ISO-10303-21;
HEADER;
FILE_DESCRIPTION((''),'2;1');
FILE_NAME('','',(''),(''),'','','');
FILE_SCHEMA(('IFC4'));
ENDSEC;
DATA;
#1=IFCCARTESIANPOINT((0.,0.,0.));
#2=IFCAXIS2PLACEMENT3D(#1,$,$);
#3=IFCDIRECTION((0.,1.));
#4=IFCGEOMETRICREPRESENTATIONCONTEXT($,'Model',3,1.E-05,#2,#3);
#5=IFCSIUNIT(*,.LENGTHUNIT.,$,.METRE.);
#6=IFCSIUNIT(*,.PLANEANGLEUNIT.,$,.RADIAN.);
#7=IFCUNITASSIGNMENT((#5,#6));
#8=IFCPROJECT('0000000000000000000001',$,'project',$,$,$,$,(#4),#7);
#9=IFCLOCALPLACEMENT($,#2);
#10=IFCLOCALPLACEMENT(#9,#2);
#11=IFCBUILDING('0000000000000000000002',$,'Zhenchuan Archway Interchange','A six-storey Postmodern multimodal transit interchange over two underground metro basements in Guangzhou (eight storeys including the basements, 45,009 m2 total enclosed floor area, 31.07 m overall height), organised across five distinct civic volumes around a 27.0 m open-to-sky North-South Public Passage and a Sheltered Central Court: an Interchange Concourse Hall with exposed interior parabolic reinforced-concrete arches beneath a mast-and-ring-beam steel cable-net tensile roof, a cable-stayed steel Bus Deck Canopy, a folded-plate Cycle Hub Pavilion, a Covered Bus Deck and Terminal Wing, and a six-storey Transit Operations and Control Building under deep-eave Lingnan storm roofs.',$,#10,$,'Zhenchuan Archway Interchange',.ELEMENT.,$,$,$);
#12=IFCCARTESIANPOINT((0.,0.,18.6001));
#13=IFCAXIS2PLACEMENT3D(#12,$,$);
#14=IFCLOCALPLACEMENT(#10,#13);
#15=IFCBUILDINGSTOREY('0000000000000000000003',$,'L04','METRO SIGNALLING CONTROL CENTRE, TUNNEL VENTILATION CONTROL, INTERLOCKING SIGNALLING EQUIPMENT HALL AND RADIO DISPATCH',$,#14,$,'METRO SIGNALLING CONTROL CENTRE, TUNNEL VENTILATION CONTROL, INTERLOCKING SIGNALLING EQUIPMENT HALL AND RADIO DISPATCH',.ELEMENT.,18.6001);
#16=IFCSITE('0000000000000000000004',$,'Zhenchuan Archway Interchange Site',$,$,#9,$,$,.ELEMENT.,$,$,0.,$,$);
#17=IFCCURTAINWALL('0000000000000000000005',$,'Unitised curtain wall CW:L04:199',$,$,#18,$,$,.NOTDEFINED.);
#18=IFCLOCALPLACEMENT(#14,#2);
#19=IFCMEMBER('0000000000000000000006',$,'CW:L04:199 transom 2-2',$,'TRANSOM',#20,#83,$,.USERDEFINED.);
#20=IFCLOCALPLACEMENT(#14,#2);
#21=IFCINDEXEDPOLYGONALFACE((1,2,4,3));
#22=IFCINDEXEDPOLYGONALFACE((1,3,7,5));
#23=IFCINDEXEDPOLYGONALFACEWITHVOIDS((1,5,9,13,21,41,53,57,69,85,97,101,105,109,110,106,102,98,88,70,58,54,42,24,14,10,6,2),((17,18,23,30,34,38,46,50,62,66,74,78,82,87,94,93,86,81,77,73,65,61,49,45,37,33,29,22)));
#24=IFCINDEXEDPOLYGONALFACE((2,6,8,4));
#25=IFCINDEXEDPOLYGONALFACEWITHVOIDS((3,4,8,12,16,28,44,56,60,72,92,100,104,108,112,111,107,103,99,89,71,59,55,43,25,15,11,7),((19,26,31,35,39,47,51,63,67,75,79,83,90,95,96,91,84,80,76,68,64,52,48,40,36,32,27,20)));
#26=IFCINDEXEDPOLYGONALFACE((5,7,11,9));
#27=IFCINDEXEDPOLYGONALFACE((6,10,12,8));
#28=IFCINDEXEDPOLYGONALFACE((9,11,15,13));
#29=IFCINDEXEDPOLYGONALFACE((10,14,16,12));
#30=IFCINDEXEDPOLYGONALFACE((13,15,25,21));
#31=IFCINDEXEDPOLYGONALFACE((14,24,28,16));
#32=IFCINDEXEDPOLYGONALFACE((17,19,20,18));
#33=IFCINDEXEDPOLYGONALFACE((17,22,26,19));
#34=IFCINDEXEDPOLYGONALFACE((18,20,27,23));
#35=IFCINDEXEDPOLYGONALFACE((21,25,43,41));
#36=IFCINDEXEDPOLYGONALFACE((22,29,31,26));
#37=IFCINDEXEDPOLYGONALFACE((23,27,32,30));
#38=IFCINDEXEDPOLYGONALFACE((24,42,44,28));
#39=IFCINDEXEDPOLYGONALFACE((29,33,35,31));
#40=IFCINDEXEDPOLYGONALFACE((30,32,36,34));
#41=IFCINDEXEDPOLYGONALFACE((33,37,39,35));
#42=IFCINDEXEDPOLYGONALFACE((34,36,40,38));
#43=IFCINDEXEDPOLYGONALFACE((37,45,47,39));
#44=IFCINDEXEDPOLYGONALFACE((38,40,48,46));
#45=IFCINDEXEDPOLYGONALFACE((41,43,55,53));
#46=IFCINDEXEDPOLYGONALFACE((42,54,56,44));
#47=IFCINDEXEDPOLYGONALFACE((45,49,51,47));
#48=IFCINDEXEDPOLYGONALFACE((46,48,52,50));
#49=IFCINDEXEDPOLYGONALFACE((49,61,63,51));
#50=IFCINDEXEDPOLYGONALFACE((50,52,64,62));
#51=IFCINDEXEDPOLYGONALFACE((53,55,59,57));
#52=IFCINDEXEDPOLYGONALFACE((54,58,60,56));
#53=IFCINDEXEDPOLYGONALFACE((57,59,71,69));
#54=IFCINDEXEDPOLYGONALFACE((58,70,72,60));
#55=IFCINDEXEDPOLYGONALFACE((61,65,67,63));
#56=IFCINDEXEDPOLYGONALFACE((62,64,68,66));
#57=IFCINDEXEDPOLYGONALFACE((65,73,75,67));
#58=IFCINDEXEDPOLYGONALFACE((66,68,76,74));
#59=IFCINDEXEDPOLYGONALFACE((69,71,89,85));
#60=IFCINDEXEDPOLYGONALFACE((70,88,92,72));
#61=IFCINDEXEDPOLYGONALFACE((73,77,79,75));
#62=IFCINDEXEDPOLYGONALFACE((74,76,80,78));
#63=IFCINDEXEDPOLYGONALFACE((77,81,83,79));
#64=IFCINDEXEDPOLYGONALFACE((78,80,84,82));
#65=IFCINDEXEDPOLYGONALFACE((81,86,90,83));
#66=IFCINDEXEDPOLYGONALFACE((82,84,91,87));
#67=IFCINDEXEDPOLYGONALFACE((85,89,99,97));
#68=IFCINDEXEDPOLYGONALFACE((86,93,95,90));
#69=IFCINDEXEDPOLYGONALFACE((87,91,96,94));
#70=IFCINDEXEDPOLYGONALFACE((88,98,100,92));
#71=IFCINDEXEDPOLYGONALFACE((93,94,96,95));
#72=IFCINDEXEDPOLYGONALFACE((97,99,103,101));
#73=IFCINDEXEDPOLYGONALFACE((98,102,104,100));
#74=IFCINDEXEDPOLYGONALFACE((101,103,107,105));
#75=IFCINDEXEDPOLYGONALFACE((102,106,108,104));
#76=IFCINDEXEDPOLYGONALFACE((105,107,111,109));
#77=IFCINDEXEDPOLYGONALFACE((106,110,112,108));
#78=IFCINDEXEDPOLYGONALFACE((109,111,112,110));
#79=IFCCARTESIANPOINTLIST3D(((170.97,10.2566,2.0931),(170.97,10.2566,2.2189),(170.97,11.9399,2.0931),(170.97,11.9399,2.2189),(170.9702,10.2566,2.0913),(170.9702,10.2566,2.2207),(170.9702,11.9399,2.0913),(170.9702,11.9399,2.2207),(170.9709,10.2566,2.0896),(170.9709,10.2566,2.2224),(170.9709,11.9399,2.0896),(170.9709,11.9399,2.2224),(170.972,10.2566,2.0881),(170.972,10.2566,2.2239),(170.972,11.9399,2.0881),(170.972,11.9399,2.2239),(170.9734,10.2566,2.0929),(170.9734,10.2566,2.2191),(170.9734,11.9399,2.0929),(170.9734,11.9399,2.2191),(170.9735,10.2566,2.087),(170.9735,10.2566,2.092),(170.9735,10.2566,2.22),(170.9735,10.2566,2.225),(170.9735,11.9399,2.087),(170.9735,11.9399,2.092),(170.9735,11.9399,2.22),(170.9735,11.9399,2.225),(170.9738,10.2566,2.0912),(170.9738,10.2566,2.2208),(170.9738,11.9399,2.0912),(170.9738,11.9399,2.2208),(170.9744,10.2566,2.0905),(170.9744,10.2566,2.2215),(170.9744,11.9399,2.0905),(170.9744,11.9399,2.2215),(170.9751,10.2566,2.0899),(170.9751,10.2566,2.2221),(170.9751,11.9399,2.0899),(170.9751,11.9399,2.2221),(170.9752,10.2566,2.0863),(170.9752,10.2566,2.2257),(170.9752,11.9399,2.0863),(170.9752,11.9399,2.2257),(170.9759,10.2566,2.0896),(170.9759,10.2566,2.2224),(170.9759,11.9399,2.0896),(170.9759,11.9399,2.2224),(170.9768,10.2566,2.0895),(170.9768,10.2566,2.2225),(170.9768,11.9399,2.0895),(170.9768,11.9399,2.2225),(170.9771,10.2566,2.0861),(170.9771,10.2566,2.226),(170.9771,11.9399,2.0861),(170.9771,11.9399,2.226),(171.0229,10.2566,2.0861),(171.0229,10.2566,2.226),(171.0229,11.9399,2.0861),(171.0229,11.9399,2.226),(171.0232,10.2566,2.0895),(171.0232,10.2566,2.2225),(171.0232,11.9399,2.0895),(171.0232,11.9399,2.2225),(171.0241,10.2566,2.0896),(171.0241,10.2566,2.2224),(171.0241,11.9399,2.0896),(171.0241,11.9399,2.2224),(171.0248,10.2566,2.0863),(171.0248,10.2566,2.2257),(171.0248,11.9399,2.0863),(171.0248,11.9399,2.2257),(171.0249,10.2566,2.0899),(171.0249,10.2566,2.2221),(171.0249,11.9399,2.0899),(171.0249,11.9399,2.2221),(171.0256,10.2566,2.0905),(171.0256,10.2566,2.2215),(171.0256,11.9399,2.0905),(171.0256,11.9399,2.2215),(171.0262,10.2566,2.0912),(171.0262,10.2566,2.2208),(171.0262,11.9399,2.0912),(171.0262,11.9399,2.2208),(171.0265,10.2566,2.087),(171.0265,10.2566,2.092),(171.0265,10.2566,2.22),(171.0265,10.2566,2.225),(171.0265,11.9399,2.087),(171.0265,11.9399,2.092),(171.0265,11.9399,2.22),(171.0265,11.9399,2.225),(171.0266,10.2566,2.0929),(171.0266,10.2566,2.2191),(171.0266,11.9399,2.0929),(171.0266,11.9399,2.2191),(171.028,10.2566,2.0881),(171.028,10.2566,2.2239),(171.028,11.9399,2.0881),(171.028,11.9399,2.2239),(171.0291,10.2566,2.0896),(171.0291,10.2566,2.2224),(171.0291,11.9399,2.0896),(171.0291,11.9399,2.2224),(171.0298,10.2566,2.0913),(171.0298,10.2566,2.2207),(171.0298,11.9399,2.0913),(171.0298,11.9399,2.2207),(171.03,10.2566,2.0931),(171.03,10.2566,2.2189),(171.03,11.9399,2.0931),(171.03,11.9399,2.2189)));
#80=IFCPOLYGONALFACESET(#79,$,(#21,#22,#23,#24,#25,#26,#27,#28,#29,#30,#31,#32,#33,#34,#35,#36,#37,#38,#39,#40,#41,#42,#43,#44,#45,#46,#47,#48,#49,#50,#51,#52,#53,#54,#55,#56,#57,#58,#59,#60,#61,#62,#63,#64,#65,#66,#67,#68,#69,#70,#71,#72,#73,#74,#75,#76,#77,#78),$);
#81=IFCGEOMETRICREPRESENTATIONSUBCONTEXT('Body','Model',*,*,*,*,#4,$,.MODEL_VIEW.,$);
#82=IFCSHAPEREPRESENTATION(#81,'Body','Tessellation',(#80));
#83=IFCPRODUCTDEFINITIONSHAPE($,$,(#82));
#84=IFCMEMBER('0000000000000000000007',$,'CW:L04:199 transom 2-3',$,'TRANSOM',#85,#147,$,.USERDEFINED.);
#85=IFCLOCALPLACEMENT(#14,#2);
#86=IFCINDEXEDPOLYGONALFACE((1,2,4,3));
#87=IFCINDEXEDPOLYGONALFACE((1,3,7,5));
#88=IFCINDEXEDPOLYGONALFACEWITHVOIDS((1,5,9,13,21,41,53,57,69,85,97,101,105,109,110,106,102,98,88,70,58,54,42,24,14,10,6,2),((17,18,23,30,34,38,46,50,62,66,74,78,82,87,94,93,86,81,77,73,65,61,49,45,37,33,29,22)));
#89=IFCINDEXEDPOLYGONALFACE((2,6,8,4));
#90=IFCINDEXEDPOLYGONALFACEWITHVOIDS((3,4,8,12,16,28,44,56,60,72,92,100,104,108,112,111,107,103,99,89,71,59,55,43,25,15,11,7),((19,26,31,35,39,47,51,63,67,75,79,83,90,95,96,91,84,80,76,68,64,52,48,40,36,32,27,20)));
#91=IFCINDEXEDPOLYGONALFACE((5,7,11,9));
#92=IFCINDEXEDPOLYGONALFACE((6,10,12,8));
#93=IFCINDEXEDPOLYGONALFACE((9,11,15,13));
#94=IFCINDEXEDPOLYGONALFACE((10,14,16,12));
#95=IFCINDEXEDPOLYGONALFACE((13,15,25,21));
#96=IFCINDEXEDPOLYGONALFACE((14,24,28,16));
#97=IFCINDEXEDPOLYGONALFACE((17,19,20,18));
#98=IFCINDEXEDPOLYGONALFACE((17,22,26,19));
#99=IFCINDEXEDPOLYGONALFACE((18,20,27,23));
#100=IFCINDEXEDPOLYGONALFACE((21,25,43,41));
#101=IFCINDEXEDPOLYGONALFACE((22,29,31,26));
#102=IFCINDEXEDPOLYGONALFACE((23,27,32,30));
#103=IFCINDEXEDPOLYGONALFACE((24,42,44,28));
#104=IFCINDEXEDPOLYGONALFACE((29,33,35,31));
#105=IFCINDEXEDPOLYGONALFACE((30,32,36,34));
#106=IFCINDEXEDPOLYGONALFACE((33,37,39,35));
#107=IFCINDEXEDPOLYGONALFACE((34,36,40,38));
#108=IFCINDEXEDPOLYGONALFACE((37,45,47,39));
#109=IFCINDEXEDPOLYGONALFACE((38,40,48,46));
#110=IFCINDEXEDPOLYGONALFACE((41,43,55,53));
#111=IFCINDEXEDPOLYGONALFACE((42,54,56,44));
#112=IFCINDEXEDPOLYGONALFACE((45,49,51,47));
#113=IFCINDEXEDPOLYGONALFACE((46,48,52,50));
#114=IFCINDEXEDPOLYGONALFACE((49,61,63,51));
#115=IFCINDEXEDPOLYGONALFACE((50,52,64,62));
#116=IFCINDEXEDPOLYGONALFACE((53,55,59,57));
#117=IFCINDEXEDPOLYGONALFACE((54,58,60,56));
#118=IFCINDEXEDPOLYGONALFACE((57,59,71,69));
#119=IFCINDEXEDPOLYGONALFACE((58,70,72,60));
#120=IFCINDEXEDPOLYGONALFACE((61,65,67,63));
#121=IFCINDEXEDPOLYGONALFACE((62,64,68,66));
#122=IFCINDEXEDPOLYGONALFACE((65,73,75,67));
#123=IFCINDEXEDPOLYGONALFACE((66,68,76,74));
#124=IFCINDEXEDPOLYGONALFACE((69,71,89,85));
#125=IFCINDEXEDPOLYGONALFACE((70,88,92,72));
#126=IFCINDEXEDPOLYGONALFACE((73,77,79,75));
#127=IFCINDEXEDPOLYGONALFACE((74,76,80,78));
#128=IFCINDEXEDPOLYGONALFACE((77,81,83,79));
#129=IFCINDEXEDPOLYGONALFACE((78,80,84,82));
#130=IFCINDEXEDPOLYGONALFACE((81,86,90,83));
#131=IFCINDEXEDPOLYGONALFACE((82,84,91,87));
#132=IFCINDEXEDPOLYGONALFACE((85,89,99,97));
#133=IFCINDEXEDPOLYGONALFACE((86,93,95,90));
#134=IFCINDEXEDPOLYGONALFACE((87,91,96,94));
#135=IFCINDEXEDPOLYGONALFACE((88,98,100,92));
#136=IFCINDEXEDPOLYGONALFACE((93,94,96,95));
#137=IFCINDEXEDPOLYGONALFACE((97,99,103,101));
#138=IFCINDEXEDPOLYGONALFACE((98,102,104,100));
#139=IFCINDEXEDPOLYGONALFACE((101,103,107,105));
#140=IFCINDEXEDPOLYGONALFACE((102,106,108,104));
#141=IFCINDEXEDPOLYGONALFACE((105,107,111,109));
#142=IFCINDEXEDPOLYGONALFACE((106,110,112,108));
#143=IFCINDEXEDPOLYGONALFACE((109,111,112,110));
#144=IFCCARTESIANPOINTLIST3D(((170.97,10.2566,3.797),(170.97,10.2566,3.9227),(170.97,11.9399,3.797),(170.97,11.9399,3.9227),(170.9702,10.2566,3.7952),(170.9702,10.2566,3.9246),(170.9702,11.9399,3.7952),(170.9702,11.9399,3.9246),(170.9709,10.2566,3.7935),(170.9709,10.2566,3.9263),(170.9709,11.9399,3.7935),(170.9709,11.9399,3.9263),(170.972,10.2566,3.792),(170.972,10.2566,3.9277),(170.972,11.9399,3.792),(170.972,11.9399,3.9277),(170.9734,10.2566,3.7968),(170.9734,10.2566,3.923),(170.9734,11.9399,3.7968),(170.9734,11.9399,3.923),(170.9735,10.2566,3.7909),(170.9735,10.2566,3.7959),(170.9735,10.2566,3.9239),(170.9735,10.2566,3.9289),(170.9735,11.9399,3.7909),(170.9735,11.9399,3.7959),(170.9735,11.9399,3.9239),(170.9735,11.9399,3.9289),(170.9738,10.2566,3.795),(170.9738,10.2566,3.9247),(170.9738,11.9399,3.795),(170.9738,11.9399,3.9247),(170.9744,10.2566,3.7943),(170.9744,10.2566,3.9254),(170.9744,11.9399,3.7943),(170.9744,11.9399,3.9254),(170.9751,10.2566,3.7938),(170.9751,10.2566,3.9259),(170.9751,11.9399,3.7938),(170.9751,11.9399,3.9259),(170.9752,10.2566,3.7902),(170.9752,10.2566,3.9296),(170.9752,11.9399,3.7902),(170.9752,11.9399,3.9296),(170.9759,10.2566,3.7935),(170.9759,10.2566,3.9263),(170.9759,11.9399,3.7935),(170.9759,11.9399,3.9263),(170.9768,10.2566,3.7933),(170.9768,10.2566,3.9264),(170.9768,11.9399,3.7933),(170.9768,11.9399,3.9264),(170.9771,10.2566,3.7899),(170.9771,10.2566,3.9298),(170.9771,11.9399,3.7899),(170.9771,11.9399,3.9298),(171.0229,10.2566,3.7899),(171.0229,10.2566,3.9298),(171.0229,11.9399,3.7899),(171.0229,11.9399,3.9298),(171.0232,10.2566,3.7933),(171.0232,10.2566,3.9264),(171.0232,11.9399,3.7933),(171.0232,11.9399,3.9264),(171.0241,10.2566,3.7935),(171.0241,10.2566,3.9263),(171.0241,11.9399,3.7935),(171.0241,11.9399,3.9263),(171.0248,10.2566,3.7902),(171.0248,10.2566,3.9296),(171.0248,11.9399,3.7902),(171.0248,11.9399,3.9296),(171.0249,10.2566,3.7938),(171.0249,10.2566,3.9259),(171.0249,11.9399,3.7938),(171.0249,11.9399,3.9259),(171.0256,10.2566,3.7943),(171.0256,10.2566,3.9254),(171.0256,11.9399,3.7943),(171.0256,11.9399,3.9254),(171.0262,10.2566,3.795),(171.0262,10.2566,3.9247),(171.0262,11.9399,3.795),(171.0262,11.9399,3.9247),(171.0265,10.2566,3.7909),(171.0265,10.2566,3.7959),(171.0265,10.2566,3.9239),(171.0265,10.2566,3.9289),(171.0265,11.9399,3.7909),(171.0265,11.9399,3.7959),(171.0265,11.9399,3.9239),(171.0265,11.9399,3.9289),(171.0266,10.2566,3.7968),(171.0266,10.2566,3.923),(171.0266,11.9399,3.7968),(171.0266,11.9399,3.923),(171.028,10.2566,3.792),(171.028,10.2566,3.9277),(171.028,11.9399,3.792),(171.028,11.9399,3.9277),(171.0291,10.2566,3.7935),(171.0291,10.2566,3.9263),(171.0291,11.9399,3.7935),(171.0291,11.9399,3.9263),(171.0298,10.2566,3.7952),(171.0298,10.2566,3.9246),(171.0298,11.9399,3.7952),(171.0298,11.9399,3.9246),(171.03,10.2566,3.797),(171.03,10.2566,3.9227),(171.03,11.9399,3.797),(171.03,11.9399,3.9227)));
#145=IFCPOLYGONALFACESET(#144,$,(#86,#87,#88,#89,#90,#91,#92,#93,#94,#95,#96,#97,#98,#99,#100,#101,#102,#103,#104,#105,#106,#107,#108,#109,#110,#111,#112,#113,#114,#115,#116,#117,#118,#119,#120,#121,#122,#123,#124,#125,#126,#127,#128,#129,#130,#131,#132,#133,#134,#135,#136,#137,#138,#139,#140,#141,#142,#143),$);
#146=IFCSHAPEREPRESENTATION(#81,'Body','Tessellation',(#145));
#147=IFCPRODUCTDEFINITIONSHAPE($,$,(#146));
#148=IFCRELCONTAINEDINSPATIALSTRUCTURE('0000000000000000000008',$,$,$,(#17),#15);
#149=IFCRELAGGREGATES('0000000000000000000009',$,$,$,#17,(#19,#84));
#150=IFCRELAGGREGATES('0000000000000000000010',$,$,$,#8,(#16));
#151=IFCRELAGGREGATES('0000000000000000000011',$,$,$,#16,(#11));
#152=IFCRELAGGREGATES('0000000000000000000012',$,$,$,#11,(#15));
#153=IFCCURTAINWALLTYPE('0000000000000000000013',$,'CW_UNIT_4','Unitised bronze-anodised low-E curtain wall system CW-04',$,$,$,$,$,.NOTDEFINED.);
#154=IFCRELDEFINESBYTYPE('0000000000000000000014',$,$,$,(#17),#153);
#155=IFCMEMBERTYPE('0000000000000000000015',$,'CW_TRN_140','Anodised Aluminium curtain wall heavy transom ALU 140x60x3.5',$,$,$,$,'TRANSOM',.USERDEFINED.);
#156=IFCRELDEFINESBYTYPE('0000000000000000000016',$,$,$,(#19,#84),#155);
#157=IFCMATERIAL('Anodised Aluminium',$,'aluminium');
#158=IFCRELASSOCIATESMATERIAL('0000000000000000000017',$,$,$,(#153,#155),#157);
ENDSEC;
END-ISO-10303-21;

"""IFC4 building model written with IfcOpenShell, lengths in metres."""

from ifc_helpers import new_model, si_unit, direction, frame, origin, origin_2d, place, context, subcontext, project, spatial, hollow_rectangle, extrude, material, material_profile, profile_set, type_object, element, aggregate, save


model = new_model("IFC4")

# Units and contexts
model_context = context("Model", 3, precision=1e-05, world=origin(), true_north=direction((0.0, 1.0)))
body_context = subcontext(model_context, "Body", "Model", "MODEL_VIEW")
ifc_project = project(units=[si_unit("LENGTHUNIT", "METRE"), si_unit("PLANEANGLEUNIT", "RADIAN")], contexts=[model_context])

# Site, building, storey
site_placement = place(None, origin())
site = spatial("IfcSite", under=ifc_project, at=site_placement, Name="Zhenchuan Archway Interchange Site", CompositionType="ELEMENT", RefElevation=0.0)
building_placement = place(site_placement, origin())
building = spatial("IfcBuilding", under=site, at=building_placement, Name="Zhenchuan Archway Interchange", Description="A six-storey Postmodern multimodal transit interchange over two underground metro basements in Guangzhou (eight storeys including the basements, 45,009 m2 total enclosed floor area, 31.07 m overall height), organised across five distinct civic volumes around a 27.0 m open-to-sky North-South Public Passage and a Sheltered Central Court: an Interchange Concourse Hall with exposed interior parabolic reinforced-concrete arches beneath a mast-and-ring-beam steel cable-net tensile roof, a cable-stayed steel Bus Deck Canopy, a folded-plate Cycle Hub Pavilion, a Covered Bus Deck and Terminal Wing, and a six-storey Transit Operations and Control Building under deep-eave Lingnan storm roofs.", LongName="Zhenchuan Archway Interchange", CompositionType="ELEMENT")
storey_placement = place(building_placement, frame((0.0, 0.0, 18.6001)))
storey = spatial("IfcBuildingStorey", under=building, at=storey_placement, Name="L04", Description="METRO SIGNALLING CONTROL CENTRE, TUNNEL VENTILATION CONTROL, INTERLOCKING SIGNALLING EQUIPMENT HALL AND RADIO DISPATCH", LongName="METRO SIGNALLING CONTROL CENTRE, TUNNEL VENTILATION CONTROL, INTERLOCKING SIGNALLING EQUIPMENT HALL AND RADIO DISPATCH", CompositionType="ELEMENT", Elevation=18.6001)

# Curtain wall, members
ifc_material_1 = material(Name="Anodised Aluminium", Category="aluminium")
curtain_wall_type = type_object("IfcCurtainWallType", Name="CW_UNIT_4", Description="Unitised bronze-anodised low-E curtain wall system CW-04", PredefinedType="NOTDEFINED", material=ifc_material_1)
curtain_wall_placement = place(storey_placement, origin())
curtain_wall = element("IfcCurtainWall", 1, at=curtain_wall_placement, inside=storey, type_object=curtain_wall_type, Name="Unitised curtain wall CW:L04:199", PredefinedType="NOTDEFINED")
ifc_material_profile_1 = material_profile(ifc_material_1, hollow_rectangle(XDim=0.0601, YDim=0.1399, WallThickness=0.0034, InnerFilletRadius=0.0034, OuterFilletRadius=0.0071, at=origin_2d()), Name="ALU 140x60x3.5")
ifc_profile_set_1 = profile_set([ifc_material_profile_1], Name="Anodised Aluminium")
member_type_1 = type_object("IfcMemberType", Name="CW_TRN_140", Description="Anodised Aluminium curtain wall heavy transom ALU 140x60x3.5", ElementType="TRANSOM", PredefinedType="USERDEFINED", material=ifc_profile_set_1)
member_1_placement = place(storey_placement, frame((171.0, 11.9399, 2.156), z_axis=(0.0, -1.0, 0.0), x_axis=(1.0, 0.0, 0.0)))
member_1 = element("IfcMember", 2, at=member_1_placement, type_object=member_type_1, Name="CW:L04:199 transom 2-2", ObjectType="TRANSOM", PredefinedType="USERDEFINED", context=body_context, shape_type="SweptSolid", body=[
    extrude(hollow_rectangle(XDim=0.0601, YDim=0.1399, WallThickness=0.0034, InnerFilletRadius=0.0034, OuterFilletRadius=0.0071, at=origin_2d()), origin(), (0.0, 0.0, 1.0), 1.6833),
])
member_2_placement = place(storey_placement, frame((171.0, 11.9399, 3.8599), z_axis=(0.0, -1.0, 0.0), x_axis=(1.0, 0.0, 0.0)))
member_2 = element("IfcMember", 3, at=member_2_placement, type_object=member_type_1, Name="CW:L04:199 transom 2-3", ObjectType="TRANSOM", PredefinedType="USERDEFINED", context=body_context, shape_type="SweptSolid", body=[
    extrude(hollow_rectangle(XDim=0.0601, YDim=0.1399, WallThickness=0.0034, InnerFilletRadius=0.0034, OuterFilletRadius=0.0071, at=origin_2d()), origin(), (0.0, 0.0, 1.0), 1.6833),
])

aggregate(curtain_wall, [member_1, member_2])

save(model, "model.ifc")
